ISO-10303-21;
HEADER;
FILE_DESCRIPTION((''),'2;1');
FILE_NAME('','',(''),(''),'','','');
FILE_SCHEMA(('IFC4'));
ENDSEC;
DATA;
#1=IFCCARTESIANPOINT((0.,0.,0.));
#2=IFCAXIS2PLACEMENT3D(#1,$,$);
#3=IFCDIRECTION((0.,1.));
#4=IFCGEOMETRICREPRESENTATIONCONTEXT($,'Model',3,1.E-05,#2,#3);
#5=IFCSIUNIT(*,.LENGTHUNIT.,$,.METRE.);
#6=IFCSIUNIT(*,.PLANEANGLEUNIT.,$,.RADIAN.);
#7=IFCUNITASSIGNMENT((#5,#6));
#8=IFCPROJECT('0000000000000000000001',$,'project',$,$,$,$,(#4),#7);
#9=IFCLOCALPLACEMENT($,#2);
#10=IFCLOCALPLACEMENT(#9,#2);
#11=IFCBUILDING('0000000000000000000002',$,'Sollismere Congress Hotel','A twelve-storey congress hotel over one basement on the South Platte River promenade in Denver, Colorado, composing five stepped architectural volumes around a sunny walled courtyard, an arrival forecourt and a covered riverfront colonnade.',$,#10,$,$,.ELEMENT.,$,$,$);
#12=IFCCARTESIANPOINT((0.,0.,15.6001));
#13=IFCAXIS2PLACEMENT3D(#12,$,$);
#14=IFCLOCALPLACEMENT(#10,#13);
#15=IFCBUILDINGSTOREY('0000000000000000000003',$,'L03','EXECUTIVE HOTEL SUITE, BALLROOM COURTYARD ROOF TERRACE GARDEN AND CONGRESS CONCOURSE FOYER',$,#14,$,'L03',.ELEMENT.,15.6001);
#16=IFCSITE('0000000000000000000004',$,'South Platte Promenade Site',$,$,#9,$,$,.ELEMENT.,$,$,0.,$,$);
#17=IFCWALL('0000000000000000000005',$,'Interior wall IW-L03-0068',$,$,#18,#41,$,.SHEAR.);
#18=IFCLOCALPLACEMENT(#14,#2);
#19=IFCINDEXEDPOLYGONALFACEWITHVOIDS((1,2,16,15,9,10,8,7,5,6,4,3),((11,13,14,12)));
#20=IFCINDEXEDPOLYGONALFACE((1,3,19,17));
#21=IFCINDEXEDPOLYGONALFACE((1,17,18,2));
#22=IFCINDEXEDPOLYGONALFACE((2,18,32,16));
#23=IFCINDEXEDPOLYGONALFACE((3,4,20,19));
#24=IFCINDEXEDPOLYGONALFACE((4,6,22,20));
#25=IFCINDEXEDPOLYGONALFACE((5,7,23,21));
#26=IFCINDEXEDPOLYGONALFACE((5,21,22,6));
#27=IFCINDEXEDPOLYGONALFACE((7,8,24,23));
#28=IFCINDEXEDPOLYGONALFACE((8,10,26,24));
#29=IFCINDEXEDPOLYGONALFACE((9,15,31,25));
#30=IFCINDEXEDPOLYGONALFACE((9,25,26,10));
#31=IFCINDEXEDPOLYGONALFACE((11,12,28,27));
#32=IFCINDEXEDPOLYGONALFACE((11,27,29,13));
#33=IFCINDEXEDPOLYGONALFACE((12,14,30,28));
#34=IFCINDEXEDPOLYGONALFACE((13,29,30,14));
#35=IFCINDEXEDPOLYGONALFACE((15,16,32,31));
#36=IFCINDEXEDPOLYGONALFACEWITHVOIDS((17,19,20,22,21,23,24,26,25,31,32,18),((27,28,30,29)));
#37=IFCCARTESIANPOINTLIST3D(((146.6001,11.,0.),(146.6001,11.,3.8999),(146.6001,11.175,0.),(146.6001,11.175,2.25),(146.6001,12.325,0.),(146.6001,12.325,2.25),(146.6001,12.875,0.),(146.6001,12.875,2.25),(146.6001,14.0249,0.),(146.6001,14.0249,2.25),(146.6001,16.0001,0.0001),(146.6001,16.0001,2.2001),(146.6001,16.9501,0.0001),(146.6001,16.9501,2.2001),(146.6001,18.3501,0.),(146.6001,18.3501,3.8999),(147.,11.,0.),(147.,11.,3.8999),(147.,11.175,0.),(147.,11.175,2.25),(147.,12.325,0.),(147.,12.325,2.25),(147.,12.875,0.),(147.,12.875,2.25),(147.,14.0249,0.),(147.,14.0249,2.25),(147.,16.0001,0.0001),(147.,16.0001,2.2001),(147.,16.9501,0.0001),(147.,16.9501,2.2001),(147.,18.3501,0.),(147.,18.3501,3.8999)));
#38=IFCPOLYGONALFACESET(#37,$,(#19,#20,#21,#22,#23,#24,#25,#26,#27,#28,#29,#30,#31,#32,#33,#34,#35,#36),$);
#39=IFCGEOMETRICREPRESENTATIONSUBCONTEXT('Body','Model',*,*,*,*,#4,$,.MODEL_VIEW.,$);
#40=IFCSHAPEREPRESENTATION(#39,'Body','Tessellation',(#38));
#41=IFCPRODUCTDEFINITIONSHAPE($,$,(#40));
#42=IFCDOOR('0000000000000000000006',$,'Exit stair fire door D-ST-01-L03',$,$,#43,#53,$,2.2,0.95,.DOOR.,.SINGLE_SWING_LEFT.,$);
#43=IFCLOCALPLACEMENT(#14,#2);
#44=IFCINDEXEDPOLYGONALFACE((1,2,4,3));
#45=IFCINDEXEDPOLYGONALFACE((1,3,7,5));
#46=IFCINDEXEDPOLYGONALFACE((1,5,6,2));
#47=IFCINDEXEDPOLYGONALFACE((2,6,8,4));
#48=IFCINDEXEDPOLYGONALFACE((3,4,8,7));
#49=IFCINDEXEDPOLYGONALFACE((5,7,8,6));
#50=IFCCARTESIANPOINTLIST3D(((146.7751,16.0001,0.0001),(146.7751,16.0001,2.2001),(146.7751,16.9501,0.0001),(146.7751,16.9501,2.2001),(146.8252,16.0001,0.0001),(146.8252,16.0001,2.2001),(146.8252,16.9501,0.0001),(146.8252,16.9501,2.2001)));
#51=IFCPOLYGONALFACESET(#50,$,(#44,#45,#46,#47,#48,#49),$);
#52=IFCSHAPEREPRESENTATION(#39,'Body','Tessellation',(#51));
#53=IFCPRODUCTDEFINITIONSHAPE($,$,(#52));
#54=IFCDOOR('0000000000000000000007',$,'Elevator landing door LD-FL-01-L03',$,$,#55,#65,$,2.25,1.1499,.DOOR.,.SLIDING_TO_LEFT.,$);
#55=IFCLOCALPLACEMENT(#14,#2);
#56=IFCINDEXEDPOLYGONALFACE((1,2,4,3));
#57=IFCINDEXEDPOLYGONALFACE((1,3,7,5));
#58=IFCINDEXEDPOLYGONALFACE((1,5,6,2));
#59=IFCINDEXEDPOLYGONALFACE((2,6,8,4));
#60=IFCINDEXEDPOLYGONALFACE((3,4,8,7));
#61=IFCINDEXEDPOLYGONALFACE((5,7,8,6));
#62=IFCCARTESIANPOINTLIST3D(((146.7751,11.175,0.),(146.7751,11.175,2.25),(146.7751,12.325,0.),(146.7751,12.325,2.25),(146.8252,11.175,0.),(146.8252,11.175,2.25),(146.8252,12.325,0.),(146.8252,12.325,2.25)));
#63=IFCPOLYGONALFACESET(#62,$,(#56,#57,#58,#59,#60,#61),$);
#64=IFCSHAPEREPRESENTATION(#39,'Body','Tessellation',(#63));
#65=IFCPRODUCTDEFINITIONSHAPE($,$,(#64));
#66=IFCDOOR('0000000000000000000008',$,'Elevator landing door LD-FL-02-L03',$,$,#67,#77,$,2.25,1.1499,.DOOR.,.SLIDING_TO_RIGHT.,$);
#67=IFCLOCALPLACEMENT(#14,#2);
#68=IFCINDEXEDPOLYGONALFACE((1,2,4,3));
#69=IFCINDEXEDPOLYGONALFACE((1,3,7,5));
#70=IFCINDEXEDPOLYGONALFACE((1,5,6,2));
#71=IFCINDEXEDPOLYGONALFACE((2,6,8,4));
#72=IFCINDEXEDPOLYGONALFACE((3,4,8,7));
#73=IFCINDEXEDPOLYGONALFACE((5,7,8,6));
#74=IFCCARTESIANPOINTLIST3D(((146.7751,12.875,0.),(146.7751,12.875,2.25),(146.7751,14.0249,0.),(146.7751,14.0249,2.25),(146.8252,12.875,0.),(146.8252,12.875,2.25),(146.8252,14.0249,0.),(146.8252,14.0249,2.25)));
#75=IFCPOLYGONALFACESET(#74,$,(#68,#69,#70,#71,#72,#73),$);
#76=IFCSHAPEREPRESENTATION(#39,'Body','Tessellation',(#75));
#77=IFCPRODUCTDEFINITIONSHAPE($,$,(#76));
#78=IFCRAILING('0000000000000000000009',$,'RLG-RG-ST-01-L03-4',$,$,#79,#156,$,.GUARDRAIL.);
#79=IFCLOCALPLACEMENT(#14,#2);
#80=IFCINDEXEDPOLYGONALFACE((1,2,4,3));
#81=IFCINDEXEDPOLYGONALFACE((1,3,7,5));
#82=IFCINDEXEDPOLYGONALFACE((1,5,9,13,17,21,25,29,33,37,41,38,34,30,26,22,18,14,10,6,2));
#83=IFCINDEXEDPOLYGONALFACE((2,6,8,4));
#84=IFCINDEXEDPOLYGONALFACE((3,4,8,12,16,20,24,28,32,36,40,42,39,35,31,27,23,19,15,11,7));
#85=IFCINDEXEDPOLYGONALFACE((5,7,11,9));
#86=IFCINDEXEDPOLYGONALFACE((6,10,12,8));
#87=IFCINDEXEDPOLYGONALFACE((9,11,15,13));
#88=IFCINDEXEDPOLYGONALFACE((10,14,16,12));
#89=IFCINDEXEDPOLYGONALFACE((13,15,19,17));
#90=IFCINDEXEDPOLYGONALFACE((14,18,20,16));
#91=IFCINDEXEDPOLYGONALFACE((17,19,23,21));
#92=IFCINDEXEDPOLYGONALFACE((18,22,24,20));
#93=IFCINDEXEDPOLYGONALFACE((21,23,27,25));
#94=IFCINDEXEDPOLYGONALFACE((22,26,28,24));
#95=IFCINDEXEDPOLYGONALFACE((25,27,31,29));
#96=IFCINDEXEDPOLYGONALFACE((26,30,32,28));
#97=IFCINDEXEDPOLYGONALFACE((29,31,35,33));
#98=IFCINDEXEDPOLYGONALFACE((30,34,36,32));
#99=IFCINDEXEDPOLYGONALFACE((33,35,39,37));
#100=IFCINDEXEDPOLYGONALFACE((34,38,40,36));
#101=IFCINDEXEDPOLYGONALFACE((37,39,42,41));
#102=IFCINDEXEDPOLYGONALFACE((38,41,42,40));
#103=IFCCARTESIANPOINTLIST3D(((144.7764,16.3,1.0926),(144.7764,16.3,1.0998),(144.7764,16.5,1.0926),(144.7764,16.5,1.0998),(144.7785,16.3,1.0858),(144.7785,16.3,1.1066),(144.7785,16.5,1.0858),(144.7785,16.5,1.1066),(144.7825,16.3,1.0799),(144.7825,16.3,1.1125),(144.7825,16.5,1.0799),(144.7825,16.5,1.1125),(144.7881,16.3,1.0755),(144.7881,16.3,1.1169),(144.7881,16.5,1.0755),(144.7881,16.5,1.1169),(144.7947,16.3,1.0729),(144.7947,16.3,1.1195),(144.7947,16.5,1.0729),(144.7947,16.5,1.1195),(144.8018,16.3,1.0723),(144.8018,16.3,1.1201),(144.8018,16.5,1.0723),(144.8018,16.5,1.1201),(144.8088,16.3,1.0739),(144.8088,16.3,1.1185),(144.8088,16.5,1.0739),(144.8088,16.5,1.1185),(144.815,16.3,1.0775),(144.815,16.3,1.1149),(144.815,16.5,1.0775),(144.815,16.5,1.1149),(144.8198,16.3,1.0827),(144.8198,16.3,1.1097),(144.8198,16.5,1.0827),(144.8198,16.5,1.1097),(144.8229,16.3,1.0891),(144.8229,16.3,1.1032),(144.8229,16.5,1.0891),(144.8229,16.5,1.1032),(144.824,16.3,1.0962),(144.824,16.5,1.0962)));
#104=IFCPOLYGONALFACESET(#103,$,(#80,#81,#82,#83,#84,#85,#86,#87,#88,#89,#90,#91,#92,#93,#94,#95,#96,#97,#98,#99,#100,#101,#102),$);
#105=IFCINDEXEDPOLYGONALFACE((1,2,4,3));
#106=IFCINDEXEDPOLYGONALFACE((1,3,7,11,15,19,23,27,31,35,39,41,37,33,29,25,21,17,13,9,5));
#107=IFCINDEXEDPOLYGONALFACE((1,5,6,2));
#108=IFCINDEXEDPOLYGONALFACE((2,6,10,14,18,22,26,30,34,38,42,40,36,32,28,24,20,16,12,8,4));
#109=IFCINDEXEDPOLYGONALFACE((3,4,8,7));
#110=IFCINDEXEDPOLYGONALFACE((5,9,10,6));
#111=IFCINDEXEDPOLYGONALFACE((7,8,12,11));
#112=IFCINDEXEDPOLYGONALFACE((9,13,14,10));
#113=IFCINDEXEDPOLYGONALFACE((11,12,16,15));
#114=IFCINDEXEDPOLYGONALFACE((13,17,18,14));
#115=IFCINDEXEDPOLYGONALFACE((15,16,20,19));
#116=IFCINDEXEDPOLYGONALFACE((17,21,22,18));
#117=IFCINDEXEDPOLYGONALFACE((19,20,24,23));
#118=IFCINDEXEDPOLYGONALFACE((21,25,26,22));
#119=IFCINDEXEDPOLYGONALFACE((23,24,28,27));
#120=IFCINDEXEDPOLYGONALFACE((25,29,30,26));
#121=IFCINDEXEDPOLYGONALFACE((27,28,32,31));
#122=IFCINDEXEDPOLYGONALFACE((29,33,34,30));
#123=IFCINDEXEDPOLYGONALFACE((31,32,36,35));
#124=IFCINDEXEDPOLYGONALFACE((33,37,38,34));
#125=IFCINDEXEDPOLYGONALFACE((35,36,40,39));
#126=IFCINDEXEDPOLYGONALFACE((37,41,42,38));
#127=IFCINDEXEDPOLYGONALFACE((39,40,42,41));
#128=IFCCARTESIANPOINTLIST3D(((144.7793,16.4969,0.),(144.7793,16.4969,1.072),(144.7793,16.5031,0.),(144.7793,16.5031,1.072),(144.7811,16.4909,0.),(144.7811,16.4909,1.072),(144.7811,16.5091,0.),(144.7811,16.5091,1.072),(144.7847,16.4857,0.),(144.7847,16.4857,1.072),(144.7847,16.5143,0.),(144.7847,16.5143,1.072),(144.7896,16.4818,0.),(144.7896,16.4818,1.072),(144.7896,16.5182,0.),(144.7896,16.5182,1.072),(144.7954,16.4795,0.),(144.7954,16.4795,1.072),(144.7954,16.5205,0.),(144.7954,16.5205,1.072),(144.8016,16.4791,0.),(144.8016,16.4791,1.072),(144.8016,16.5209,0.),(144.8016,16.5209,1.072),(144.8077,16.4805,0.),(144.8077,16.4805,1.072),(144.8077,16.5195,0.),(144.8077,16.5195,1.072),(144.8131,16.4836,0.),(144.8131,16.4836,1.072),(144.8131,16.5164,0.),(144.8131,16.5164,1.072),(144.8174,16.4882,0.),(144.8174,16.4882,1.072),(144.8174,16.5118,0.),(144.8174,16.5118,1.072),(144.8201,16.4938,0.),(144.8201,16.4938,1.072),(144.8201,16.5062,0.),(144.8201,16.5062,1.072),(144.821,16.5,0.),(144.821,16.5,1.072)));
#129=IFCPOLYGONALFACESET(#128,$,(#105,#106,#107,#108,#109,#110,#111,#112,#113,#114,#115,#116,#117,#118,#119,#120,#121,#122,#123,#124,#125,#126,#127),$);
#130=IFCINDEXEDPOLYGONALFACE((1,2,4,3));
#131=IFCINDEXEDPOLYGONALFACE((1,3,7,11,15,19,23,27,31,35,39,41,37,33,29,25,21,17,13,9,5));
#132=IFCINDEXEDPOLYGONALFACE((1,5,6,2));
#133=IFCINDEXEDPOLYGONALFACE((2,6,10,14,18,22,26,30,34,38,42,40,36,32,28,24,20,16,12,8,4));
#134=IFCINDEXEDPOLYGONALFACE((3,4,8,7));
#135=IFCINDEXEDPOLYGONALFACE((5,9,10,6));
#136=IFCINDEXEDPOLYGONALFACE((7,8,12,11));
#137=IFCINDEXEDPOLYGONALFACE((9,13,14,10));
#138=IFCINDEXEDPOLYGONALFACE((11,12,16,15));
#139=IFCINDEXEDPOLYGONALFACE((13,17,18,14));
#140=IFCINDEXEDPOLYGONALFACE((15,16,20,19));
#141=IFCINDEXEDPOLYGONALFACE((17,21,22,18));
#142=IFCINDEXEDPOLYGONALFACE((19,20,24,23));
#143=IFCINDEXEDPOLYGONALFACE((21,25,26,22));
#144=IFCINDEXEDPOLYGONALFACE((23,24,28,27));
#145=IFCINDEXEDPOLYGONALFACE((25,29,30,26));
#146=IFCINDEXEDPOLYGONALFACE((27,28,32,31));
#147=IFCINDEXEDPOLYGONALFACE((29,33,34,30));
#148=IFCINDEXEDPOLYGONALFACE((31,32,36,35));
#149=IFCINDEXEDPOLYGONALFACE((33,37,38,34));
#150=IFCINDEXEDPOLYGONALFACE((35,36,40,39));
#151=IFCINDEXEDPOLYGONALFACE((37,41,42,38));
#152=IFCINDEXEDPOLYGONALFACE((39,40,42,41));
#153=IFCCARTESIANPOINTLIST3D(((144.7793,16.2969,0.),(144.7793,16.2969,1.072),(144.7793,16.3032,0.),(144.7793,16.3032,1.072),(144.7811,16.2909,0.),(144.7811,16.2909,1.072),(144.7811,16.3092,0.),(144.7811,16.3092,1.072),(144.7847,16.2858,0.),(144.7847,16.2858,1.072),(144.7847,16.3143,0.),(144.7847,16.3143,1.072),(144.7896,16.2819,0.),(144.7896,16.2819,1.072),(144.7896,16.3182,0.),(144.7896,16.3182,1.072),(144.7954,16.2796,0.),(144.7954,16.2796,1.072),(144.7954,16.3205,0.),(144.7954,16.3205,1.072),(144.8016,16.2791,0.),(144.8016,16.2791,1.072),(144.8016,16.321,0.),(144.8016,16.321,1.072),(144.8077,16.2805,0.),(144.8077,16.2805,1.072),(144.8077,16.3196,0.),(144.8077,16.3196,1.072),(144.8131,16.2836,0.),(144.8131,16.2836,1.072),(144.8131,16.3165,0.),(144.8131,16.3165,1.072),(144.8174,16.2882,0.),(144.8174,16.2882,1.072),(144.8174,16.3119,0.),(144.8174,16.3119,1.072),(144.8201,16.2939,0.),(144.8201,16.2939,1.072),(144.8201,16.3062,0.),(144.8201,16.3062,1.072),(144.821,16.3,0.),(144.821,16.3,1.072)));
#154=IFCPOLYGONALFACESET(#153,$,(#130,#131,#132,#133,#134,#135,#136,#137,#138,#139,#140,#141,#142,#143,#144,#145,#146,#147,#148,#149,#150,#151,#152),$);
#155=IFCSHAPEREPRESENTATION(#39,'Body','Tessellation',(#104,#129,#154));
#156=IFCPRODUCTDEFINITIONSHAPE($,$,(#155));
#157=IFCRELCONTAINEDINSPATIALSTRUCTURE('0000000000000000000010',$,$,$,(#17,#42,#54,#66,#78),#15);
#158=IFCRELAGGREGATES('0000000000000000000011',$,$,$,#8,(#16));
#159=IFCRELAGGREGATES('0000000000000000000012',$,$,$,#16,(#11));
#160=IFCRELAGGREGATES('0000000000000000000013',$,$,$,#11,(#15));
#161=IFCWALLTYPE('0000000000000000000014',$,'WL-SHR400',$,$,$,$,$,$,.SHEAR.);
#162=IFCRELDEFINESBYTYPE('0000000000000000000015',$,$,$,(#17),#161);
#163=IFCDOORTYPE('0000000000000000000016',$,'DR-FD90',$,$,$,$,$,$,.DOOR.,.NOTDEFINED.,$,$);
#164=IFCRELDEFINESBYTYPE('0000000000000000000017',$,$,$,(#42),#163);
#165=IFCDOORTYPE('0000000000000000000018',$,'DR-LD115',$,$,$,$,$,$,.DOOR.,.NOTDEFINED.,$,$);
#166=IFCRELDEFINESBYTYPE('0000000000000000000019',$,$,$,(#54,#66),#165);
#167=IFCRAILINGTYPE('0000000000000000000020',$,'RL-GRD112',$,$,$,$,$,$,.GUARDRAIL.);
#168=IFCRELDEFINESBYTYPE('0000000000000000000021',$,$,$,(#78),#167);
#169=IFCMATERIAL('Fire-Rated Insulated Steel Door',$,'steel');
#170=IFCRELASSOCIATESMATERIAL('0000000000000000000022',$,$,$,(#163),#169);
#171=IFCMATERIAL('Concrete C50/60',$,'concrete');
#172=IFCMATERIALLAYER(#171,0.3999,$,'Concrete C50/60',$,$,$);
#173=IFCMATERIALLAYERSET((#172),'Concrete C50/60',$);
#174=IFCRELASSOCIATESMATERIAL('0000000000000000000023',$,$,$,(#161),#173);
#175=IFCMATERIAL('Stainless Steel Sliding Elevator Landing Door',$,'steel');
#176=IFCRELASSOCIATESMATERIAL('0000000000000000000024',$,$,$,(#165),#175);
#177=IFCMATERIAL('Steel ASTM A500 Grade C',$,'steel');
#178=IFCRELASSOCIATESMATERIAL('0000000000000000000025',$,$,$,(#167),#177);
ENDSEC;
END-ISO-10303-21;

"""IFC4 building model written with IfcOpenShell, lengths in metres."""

from ifc_helpers import new_model, si_unit, direction, frame, frame_2d, origin, origin_2d, place, context, subcontext, project, spatial, rectangle, circle, extrude, material, layer, layer_set, type_object, element, fill, save


model = new_model("IFC4")

# Units and contexts
model_context = context("Model", 3, precision=1e-05, world=origin(), true_north=direction((0.0, 1.0)))
body_context = subcontext(model_context, "Body", "Model", "MODEL_VIEW")
ifc_project = project(units=[si_unit("LENGTHUNIT", "METRE"), si_unit("PLANEANGLEUNIT", "RADIAN")], contexts=[model_context])

# Site, building, storey
site_placement = place(None, origin())
site = spatial("IfcSite", under=ifc_project, at=site_placement, Name="South Platte Promenade Site", CompositionType="ELEMENT", RefElevation=0.0)
building_placement = place(site_placement, origin())
building = spatial("IfcBuilding", under=site, at=building_placement, Name="Sollismere Congress Hotel", Description="A twelve-storey congress hotel over one basement on the South Platte River promenade in Denver, Colorado, composing five stepped architectural volumes around a sunny walled courtyard, an arrival forecourt and a covered riverfront colonnade.", CompositionType="ELEMENT")
storey_placement = place(building_placement, frame((0.0, 0.0, 15.6001)))
storey = spatial("IfcBuildingStorey", under=building, at=storey_placement, Name="L03", Description="EXECUTIVE HOTEL SUITE, BALLROOM COURTYARD ROOF TERRACE GARDEN AND CONGRESS CONCOURSE FOYER", LongName="L03", CompositionType="ELEMENT", Elevation=15.6001)

# Shared definitions
ifc_material_1 = material(Name="Fire-Rated Insulated Steel Door", Category="steel")
door_type_1 = type_object("IfcDoorType", Name="DR-FD90", OperationType="NOTDEFINED", PredefinedType="DOOR", material=ifc_material_1)

# Shared definitions
ifc_material_2 = material(Name="Concrete C50/60", Category="concrete")
ifc_layer_1 = layer(ifc_material_2, 0.3999, Name="Concrete C50/60")
ifc_layer_set_1 = layer_set([ifc_layer_1], Name="Concrete C50/60")
wall_type_1 = type_object("IfcWallType", Name="WL-SHR400", PredefinedType="SHEAR", material=ifc_layer_set_1)

# Wall, openings, doors
wall_1_placement = place(storey_placement, frame((146.8, 11.0, 0.0), z_axis=(0.0, 0.0, 1.0), x_axis=(0.0, 1.0, 0.0)))
wall_1 = element("IfcWall", 1, at=wall_1_placement, inside=storey, type_object=wall_type_1, Name="Interior wall IW-L03-0068", PredefinedType="SHEAR", context=body_context, shape_type="SweptSolid", body=[
    extrude(rectangle(XDim=7.3501, YDim=0.3999, at=frame_2d((3.675, 0.0))), origin(), (0.0, 0.0, 1.0), 3.8999),
])
opening_1_placement = place(wall_1_placement, frame((5.0, 0.0, 0.0)))
opening_1 = element("IfcOpeningElement", 2, at=opening_1_placement, cuts=wall_1, PredefinedType="OPENING", context=body_context, shape_type="SweptSolid", body=[
    extrude(rectangle(XDim=0.95, YDim=2.2, at=frame_2d((0.4751, 1.1001))), frame((0.0, 0.21, 0.0), z_axis=(0.0, -1.0, 0.0), x_axis=(1.0, 0.0, 0.0)), (0.0, 0.0, 1.0), 0.4199),
])
opening_2_placement = place(wall_1_placement, frame((0.175, 0.0, 0.0)))
opening_2 = element("IfcOpeningElement", 3, at=opening_2_placement, cuts=wall_1, PredefinedType="OPENING", context=body_context, shape_type="SweptSolid", body=[
    extrude(rectangle(XDim=1.1499, YDim=2.25, at=frame_2d((0.575, 1.125))), frame((0.0, 0.21, 0.0), z_axis=(0.0, -1.0, 0.0), x_axis=(1.0, 0.0, 0.0)), (0.0, 0.0, 1.0), 0.4199),
])
opening_3_placement = place(wall_1_placement, frame((1.875, 0.0, 0.0)))
opening_3 = element("IfcOpeningElement", 4, at=opening_3_placement, cuts=wall_1, PredefinedType="OPENING", context=body_context, shape_type="SweptSolid", body=[
    extrude(rectangle(XDim=1.1499, YDim=2.25, at=frame_2d((0.575, 1.125))), frame((0.0, 0.21, 0.0), z_axis=(0.0, -1.0, 0.0), x_axis=(1.0, 0.0, 0.0)), (0.0, 0.0, 1.0), 0.4199),
])
door_1_placement = place(opening_1_placement, origin())
door_1 = element("IfcDoor", 5, at=door_1_placement, inside=storey, type_object=door_type_1, Name="Exit stair fire door D-ST-01-L03", OperationType="SINGLE_SWING_LEFT", OverallHeight=2.2, OverallWidth=0.95, PredefinedType="DOOR", context=body_context, shape_type="SweptSolid", body=[
    extrude(rectangle(XDim=0.95, YDim=2.2, at=frame_2d((0.4751, 1.1001))), frame((0.0, 0.0249, 0.0), z_axis=(0.0, -1.0, 0.0), x_axis=(1.0, 0.0, 0.0)), (0.0, 0.0, 1.0), 0.05),
])
fill(opening_1, door_1)
ifc_material_3 = material(Name="Stainless Steel Sliding Elevator Landing Door", Category="steel")
door_type_2 = type_object("IfcDoorType", Name="DR-LD115", OperationType="NOTDEFINED", PredefinedType="DOOR", material=ifc_material_3)
door_2_placement = place(opening_2_placement, origin())
door_2 = element("IfcDoor", 6, at=door_2_placement, inside=storey, type_object=door_type_2, Name="Elevator landing door LD-FL-01-L03", OperationType="SLIDING_TO_LEFT", OverallHeight=2.25, OverallWidth=1.1499, PredefinedType="DOOR", context=body_context, shape_type="SweptSolid", body=[
    extrude(rectangle(XDim=1.1499, YDim=2.25, at=frame_2d((0.575, 1.125))), frame((0.0, 0.0249, 0.0), z_axis=(0.0, -1.0, 0.0), x_axis=(1.0, 0.0, 0.0)), (0.0, 0.0, 1.0), 0.05),
])
fill(opening_2, door_2)
door_3_placement = place(opening_3_placement, origin())
door_3 = element("IfcDoor", 7, at=door_3_placement, inside=storey, type_object=door_type_2, Name="Elevator landing door LD-FL-02-L03", OperationType="SLIDING_TO_RIGHT", OverallHeight=2.25, OverallWidth=1.1499, PredefinedType="DOOR", context=body_context, shape_type="SweptSolid", body=[
    extrude(rectangle(XDim=1.1499, YDim=2.25, at=frame_2d((0.575, 1.125))), frame((0.0, 0.0249, 0.0), z_axis=(0.0, -1.0, 0.0), x_axis=(1.0, 0.0, 0.0)), (0.0, 0.0, 1.0), 0.05),
])
fill(opening_3, door_3)

# Railing
ifc_material_4 = material(Name="Steel ASTM A500 Grade C", Category="steel")
railing_type = type_object("IfcRailingType", Name="RL-GRD112", PredefinedType="GUARDRAIL", material=ifc_material_4)
railing_placement = place(storey_placement, frame((144.8, 16.5, 0.0)))
element("IfcRailing", 8, at=railing_placement, inside=storey, type_object=railing_type, Name="RLG-RG-ST-01-L03-4", PredefinedType="GUARDRAIL", context=body_context, shape_type="SweptSolid", body=[
    extrude(circle(Radius=0.0239, at=origin_2d()), frame((0.0, 0.0, 1.0962), z_axis=(0.0, -1.0, 0.0), x_axis=(1.0, 0.0, 0.0)), (0.0, 0.0, 1.0), 0.2),
    extrude(circle(Radius=0.021, at=origin_2d()), origin(), (0.0, 0.0, 1.0), 1.072),
    extrude(circle(Radius=0.021, at=origin_2d()), frame((0.0, -0.2, 0.0)), (0.0, 0.0, 1.0), 1.072),
])

save(model, "model.ifc")
